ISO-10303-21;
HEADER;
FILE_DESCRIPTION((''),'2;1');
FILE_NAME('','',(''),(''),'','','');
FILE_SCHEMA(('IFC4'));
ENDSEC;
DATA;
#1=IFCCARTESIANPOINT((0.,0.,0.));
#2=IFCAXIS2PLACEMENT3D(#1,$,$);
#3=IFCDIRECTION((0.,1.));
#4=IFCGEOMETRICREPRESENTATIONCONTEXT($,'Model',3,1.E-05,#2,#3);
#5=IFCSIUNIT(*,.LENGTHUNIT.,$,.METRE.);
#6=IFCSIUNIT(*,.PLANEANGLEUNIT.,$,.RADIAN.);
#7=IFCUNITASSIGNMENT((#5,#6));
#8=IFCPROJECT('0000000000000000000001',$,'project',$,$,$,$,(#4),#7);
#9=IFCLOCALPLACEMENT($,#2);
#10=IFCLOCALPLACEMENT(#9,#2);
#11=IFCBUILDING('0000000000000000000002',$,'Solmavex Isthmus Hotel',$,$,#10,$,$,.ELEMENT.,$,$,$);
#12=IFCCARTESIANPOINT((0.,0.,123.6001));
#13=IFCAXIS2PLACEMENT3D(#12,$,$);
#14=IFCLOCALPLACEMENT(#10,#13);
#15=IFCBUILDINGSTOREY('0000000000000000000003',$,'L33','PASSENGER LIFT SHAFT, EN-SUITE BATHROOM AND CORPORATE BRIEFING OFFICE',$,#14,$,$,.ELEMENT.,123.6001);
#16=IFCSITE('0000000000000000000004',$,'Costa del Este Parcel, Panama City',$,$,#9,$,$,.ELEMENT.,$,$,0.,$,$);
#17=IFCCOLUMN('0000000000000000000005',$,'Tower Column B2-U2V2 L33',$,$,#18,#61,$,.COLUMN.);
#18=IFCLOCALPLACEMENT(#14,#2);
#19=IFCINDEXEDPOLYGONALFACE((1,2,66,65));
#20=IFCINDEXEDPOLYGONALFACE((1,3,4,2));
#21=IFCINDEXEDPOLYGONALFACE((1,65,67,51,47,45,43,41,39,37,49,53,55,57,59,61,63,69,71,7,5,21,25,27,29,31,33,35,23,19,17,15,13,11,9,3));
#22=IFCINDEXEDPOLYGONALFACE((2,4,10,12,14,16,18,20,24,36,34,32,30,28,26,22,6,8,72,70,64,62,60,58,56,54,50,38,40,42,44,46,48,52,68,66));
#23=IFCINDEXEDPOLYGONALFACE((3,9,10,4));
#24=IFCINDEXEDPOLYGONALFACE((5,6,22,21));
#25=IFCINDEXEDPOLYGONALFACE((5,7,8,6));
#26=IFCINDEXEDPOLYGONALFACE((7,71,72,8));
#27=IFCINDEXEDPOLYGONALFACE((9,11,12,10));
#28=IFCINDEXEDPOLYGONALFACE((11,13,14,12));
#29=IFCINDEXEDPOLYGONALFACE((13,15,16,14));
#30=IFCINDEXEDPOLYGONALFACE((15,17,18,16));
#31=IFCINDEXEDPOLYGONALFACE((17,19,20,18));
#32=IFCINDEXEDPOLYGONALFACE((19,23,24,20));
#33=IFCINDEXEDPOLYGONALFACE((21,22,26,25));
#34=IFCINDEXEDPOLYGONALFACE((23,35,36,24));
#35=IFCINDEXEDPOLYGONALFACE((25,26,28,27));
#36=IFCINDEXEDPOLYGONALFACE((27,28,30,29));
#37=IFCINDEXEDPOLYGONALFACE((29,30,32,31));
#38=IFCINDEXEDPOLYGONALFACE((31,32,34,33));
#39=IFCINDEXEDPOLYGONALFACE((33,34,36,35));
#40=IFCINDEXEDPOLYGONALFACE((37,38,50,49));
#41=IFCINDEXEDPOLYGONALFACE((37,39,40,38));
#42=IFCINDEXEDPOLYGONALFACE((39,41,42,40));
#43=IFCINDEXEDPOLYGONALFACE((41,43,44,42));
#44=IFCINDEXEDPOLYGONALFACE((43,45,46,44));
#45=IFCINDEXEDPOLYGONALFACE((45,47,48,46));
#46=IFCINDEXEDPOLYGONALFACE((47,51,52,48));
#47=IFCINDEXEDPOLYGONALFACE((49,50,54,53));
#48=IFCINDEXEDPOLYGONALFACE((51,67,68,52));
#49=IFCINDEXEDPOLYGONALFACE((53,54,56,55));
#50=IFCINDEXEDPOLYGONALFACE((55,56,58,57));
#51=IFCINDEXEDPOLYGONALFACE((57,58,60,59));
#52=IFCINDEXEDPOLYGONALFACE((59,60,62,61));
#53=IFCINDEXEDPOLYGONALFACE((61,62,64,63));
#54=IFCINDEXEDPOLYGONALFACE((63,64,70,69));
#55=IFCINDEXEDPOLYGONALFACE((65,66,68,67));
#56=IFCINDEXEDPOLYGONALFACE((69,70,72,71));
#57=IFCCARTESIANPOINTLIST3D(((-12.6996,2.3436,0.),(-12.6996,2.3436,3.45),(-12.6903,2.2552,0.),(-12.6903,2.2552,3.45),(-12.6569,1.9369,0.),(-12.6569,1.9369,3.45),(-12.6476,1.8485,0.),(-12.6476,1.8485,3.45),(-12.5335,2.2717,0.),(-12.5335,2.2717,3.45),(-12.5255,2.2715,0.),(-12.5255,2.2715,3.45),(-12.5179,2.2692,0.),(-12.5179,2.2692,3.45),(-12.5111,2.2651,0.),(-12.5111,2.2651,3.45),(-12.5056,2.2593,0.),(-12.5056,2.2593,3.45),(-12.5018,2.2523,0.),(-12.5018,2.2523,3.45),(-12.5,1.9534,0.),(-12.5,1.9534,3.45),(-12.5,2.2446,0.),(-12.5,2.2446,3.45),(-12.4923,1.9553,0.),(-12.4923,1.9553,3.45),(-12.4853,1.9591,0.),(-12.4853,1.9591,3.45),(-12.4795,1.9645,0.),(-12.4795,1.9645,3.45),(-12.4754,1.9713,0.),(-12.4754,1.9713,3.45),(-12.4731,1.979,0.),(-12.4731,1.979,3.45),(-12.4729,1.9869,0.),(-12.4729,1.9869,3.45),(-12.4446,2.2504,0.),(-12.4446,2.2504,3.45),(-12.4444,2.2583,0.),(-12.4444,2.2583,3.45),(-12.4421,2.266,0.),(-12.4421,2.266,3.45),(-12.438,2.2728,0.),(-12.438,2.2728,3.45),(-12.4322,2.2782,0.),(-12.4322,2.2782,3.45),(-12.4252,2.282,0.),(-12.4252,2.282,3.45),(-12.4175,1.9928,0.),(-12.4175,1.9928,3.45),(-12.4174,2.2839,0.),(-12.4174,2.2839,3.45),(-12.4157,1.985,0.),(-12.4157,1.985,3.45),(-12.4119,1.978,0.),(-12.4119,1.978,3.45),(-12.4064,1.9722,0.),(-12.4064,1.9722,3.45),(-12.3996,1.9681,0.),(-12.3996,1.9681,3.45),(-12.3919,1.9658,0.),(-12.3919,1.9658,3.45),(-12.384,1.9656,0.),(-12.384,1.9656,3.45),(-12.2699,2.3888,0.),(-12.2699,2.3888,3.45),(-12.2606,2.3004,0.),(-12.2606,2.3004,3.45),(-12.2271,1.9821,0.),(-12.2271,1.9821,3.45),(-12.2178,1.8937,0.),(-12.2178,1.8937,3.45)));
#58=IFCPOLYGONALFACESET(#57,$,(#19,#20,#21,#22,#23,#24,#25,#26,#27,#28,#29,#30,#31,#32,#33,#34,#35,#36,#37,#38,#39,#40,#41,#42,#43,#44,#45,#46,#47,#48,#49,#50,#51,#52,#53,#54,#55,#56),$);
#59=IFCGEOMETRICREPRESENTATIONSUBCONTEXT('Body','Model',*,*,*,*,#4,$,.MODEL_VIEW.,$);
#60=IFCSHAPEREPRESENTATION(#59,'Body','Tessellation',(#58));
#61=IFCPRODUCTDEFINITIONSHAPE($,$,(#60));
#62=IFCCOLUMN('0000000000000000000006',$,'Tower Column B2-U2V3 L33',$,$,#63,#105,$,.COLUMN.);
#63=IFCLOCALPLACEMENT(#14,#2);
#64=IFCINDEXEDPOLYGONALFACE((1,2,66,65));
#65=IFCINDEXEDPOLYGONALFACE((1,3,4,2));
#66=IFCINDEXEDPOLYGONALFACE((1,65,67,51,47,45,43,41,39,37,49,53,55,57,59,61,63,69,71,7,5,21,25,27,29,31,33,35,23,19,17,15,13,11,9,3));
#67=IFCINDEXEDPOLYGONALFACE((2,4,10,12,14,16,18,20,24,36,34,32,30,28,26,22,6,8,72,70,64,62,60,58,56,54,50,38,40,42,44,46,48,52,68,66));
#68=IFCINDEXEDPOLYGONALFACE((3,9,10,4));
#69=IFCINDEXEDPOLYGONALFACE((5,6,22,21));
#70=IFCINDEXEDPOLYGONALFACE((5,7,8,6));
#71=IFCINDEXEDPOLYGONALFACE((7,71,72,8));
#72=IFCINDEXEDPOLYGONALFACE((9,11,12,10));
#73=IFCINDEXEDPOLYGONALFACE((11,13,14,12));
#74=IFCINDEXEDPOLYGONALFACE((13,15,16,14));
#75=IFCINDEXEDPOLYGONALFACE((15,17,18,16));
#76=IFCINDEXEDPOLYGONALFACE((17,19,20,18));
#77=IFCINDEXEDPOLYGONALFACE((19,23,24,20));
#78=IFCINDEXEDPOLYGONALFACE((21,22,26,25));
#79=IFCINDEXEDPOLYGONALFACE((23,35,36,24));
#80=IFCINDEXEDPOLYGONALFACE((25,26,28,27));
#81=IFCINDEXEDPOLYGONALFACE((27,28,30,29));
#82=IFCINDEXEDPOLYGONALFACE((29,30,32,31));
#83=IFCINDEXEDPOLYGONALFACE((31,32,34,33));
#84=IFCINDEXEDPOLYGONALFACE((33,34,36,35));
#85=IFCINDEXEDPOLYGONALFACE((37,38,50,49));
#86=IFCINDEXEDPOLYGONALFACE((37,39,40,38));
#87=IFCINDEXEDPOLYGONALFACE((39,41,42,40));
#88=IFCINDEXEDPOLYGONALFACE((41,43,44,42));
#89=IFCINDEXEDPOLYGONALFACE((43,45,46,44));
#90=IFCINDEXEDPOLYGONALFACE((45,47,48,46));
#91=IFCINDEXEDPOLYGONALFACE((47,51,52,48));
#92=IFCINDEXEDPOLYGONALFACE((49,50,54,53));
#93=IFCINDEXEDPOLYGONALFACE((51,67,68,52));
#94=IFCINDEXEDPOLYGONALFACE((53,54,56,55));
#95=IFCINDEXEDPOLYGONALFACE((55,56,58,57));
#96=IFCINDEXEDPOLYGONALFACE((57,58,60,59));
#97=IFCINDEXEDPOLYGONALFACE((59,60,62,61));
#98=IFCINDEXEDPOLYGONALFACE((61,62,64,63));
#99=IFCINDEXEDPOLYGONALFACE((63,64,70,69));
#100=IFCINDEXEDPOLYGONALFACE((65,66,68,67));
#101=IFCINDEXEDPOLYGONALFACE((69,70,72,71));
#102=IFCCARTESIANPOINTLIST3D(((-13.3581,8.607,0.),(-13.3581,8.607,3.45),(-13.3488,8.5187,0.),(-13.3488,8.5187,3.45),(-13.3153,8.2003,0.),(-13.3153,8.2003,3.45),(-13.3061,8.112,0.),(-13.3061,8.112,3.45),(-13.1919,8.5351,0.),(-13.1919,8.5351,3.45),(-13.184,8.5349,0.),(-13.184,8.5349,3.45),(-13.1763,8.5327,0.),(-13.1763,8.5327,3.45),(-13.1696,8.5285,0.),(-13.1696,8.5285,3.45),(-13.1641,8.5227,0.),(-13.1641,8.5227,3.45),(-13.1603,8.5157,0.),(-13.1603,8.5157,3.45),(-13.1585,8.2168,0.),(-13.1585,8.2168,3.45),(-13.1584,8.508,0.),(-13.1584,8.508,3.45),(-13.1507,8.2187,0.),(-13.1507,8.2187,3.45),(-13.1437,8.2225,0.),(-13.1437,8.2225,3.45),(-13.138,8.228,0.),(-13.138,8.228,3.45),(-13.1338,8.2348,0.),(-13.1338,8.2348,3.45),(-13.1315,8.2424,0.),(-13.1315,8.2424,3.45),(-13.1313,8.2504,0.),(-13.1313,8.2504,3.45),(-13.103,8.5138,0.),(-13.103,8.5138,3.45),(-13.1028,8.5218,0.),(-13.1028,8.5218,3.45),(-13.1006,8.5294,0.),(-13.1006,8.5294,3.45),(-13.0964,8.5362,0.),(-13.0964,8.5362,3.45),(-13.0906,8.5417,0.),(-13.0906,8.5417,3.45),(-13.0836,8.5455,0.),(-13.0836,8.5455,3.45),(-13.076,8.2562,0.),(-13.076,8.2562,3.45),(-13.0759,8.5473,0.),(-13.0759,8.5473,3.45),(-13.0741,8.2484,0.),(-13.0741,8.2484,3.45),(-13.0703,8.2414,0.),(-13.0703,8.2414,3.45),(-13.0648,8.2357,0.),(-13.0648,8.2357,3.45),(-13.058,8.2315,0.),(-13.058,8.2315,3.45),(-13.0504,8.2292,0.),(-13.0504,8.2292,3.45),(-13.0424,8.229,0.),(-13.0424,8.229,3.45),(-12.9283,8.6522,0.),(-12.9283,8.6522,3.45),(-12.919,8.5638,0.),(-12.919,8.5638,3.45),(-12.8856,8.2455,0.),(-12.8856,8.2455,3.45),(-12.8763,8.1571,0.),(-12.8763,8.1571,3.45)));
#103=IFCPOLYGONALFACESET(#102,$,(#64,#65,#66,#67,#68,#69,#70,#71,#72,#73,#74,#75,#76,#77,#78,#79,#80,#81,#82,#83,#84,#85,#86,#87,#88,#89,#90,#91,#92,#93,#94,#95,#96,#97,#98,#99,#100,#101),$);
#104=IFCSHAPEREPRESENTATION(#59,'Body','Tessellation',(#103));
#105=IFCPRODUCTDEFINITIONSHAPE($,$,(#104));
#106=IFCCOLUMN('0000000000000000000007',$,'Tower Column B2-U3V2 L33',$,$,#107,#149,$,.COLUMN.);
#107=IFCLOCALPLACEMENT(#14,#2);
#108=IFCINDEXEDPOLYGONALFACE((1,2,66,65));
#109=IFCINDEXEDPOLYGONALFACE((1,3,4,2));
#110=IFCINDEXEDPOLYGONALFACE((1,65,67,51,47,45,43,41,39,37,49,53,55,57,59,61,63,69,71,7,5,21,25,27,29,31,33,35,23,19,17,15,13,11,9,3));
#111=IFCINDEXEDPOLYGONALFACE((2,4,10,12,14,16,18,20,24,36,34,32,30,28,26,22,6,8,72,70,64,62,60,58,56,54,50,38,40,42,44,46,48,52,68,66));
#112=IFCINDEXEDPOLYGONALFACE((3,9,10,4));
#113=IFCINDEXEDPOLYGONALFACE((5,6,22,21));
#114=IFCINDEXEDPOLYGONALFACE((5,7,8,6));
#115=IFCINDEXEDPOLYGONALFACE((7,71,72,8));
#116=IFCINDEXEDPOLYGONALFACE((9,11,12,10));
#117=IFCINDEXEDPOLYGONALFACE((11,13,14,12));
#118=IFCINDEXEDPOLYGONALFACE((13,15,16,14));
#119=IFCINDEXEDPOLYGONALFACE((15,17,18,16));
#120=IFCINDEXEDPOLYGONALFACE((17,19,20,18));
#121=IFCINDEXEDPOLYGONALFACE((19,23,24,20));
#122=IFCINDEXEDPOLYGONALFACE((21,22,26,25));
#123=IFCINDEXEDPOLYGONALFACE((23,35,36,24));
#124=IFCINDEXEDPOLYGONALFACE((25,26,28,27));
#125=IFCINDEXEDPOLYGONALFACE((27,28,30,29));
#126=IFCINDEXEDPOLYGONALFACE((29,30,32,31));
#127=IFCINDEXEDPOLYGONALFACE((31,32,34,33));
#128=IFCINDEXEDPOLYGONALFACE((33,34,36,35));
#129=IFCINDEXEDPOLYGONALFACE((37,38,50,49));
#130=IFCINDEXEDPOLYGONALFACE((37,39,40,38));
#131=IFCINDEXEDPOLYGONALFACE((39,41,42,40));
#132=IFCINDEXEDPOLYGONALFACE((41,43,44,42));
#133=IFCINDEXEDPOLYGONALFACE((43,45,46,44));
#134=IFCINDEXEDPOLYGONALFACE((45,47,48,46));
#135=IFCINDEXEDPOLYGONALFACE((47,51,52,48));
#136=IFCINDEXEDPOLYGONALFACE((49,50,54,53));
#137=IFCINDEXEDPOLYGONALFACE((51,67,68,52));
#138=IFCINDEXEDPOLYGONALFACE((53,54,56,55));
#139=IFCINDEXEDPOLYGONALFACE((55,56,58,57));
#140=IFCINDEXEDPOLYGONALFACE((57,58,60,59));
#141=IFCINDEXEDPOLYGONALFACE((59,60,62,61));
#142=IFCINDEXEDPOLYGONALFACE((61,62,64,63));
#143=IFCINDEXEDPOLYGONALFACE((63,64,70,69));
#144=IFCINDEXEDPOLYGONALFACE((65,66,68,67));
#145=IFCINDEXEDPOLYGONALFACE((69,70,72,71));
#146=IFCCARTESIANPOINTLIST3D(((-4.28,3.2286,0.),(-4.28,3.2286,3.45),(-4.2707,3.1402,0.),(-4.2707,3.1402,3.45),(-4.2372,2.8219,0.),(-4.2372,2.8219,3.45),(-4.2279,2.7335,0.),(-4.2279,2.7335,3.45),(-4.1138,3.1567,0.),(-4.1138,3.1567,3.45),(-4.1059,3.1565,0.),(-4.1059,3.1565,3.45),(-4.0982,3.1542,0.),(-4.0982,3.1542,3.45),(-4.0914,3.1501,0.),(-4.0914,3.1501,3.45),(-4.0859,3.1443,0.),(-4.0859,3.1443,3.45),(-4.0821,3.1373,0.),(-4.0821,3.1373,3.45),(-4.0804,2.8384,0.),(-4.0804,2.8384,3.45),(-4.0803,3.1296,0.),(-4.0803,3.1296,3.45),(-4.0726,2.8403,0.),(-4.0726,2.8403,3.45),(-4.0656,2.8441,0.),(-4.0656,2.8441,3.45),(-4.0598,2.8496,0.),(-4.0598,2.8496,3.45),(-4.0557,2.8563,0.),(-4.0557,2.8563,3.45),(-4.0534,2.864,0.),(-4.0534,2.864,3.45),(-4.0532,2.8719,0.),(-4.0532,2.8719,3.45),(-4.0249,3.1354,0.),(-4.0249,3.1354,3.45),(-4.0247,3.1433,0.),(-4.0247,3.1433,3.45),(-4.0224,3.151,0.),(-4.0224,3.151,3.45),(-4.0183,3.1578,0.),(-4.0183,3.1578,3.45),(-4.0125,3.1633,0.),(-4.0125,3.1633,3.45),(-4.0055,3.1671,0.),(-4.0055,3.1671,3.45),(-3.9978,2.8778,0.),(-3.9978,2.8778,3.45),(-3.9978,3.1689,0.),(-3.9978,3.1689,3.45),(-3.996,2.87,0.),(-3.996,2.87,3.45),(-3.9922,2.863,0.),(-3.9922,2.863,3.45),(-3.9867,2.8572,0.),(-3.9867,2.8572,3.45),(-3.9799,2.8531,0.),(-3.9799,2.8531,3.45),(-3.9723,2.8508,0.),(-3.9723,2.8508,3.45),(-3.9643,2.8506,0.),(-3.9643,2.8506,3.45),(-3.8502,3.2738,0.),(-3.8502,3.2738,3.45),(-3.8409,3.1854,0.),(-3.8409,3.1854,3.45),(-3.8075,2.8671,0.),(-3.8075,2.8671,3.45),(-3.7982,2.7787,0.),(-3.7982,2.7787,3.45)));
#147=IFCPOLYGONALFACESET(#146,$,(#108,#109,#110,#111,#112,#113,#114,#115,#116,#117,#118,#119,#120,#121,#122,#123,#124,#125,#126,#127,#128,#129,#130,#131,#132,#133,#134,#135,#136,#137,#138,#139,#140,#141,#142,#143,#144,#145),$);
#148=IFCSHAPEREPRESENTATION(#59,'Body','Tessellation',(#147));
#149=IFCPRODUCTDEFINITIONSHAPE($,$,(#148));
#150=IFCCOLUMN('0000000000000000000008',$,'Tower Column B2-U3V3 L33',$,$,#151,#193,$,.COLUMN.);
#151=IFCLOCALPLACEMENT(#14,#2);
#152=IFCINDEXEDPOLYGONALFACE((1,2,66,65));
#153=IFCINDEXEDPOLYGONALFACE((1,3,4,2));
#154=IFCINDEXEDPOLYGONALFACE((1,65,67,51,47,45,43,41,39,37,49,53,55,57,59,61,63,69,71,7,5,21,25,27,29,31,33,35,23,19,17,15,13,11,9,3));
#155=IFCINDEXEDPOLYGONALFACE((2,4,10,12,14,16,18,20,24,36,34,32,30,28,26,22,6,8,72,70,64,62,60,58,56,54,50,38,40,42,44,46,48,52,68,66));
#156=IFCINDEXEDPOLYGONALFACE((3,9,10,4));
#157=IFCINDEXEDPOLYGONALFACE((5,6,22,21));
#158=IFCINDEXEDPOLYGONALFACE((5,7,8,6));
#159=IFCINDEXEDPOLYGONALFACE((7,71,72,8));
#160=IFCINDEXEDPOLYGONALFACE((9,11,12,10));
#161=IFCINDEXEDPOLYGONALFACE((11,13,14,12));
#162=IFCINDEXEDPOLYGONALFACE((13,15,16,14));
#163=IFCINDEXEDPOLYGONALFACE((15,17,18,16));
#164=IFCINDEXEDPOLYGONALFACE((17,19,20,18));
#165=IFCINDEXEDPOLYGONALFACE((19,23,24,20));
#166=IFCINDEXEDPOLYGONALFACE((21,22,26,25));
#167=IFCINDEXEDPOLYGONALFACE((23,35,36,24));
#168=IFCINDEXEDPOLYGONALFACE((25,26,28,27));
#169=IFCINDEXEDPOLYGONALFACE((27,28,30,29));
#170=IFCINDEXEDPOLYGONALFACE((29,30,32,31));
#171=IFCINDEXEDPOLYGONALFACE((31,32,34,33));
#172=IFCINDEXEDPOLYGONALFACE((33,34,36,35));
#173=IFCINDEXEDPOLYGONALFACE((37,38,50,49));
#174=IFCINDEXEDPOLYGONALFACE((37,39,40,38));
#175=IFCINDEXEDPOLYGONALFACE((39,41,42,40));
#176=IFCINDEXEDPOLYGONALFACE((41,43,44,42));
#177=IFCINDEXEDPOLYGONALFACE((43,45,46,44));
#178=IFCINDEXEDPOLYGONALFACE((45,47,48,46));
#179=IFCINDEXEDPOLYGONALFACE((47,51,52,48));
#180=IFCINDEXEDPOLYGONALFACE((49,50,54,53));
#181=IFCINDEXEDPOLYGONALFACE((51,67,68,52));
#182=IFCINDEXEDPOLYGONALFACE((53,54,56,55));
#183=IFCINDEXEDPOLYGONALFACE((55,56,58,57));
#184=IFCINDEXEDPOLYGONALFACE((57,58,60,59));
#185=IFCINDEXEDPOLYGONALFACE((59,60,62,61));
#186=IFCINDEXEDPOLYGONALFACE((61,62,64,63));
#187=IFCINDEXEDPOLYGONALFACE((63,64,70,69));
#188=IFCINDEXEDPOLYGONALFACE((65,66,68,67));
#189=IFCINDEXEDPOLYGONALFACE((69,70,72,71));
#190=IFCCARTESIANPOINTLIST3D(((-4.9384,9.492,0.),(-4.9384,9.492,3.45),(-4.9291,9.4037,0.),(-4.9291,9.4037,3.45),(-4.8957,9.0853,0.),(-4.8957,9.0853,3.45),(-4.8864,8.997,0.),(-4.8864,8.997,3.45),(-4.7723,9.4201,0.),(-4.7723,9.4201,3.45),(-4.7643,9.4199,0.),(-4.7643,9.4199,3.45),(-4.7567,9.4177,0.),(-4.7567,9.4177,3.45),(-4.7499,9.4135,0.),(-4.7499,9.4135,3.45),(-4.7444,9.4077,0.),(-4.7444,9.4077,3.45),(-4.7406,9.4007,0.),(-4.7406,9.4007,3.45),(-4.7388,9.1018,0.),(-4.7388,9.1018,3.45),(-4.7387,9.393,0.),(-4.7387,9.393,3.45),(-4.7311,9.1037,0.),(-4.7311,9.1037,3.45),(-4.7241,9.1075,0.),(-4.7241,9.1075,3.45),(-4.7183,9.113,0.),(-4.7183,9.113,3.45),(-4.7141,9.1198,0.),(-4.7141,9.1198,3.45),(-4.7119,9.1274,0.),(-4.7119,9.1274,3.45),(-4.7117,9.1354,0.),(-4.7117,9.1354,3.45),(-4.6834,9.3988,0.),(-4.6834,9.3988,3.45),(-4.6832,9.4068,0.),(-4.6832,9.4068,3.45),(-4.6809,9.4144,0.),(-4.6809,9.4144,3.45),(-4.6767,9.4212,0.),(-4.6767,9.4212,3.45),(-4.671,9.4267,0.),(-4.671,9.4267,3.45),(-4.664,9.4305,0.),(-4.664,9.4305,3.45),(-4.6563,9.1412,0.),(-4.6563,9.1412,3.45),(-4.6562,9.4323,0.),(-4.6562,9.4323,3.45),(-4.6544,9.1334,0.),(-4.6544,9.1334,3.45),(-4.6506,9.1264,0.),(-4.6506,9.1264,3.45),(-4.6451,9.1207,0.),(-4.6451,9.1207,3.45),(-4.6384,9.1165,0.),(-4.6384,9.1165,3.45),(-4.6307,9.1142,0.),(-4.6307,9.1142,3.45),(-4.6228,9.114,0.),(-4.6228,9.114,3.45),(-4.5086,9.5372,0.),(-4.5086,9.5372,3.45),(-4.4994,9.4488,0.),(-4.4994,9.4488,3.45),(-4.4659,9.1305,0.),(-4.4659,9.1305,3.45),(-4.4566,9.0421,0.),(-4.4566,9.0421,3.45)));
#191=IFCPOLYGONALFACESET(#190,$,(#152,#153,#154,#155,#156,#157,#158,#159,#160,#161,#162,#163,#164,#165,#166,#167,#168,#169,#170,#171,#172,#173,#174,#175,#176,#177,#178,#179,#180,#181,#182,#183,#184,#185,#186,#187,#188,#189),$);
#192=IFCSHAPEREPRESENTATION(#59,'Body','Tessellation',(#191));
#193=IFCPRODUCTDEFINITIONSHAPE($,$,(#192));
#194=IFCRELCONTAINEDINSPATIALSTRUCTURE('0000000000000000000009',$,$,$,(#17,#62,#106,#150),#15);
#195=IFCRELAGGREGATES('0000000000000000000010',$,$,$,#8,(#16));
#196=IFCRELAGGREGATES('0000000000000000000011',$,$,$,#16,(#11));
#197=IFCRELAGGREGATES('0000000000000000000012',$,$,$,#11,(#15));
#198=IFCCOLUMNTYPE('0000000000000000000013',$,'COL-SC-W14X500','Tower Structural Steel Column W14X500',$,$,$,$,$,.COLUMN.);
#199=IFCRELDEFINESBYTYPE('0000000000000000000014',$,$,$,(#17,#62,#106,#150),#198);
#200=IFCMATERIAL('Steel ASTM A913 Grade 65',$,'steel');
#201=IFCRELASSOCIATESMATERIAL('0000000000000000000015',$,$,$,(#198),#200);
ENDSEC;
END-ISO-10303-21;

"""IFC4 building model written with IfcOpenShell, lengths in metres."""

from ifc_helpers import new_model, si_unit, direction, frame, origin, origin_2d, place, context, subcontext, project, spatial, i_section, extrude, material, material_profile, profile_set, type_object, element, save


model = new_model("IFC4")

# Units and contexts
model_context = context("Model", 3, precision=1e-05, world=origin(), true_north=direction((0.0, 1.0)))
body_context = subcontext(model_context, "Body", "Model", "MODEL_VIEW")
ifc_project = project(units=[si_unit("LENGTHUNIT", "METRE"), si_unit("PLANEANGLEUNIT", "RADIAN")], contexts=[model_context])

# Site, building, storey
site_placement = place(None, origin())
site = spatial("IfcSite", under=ifc_project, at=site_placement, Name="Costa del Este Parcel, Panama City", CompositionType="ELEMENT", RefElevation=0.0)
building_placement = place(site_placement, origin())
building = spatial("IfcBuilding", under=site, at=building_placement, Name="Solmavex Isthmus Hotel", CompositionType="ELEMENT")
storey_placement = place(building_placement, frame((0.0, 0.0, 123.6001)))
storey = spatial("IfcBuildingStorey", under=building, at=storey_placement, Name="L33", Description="PASSENGER LIFT SHAFT, EN-SUITE BATHROOM AND CORPORATE BRIEFING OFFICE", CompositionType="ELEMENT", Elevation=123.6001)

# Columns
ifc_material_1 = material(Name="Steel ASTM A913 Grade 65", Category="steel")
ifc_material_profile_1 = material_profile(ifc_material_1, i_section(OverallWidth=0.4321, OverallDepth=0.4978, WebThickness=0.0557, FlangeThickness=0.0889, FilletRadius=0.0305, at=origin_2d()), Name="W14X500")
ifc_profile_set_1 = profile_set([ifc_material_profile_1], Name="Steel ASTM A913 Grade 65")
column_type = type_object("IfcColumnType", Name="COL-SC-W14X500", Description="Tower Structural Steel Column W14X500", PredefinedType="COLUMN", material=ifc_profile_set_1)
for number, where, z_axis, x_axis, name in (
    (1, (-12.4587, 2.1187, 0.0), (0.0, 0.0, 1.0), (0.994522, 0.104528, 0.0), "Tower Column B2-U2V2 L33"),
    (2, (-13.1172, 8.3821, 0.0), (0.0, 0.0, 1.0), (0.994522, 0.104528, 0.0), "Tower Column B2-U2V3 L33"),
    (3, (-4.0391, 3.0037, 0.0), (0.0, 0.0, 1.0), (0.994522, 0.104528, 0.0), "Tower Column B2-U3V2 L33"),
    (4, (-4.6975, 9.2671, 0.0), (0.0, 0.0, 1.0), (0.994522, 0.104528, 0.0), "Tower Column B2-U3V3 L33"),
):
    element("IfcColumn", number, at=place(storey_placement, frame(where, z_axis=z_axis, x_axis=x_axis)), inside=storey, type_object=column_type, Name=name, PredefinedType="COLUMN", context=body_context, shape_type="SweptSolid", body=[
        extrude(i_section(OverallWidth=0.4321, OverallDepth=0.4978, WebThickness=0.0557, FlangeThickness=0.0889, FilletRadius=0.0305, at=origin_2d()), origin(), (0.0, 0.0, 1.0), 3.45),
    ])

save(model, "model.ifc")
